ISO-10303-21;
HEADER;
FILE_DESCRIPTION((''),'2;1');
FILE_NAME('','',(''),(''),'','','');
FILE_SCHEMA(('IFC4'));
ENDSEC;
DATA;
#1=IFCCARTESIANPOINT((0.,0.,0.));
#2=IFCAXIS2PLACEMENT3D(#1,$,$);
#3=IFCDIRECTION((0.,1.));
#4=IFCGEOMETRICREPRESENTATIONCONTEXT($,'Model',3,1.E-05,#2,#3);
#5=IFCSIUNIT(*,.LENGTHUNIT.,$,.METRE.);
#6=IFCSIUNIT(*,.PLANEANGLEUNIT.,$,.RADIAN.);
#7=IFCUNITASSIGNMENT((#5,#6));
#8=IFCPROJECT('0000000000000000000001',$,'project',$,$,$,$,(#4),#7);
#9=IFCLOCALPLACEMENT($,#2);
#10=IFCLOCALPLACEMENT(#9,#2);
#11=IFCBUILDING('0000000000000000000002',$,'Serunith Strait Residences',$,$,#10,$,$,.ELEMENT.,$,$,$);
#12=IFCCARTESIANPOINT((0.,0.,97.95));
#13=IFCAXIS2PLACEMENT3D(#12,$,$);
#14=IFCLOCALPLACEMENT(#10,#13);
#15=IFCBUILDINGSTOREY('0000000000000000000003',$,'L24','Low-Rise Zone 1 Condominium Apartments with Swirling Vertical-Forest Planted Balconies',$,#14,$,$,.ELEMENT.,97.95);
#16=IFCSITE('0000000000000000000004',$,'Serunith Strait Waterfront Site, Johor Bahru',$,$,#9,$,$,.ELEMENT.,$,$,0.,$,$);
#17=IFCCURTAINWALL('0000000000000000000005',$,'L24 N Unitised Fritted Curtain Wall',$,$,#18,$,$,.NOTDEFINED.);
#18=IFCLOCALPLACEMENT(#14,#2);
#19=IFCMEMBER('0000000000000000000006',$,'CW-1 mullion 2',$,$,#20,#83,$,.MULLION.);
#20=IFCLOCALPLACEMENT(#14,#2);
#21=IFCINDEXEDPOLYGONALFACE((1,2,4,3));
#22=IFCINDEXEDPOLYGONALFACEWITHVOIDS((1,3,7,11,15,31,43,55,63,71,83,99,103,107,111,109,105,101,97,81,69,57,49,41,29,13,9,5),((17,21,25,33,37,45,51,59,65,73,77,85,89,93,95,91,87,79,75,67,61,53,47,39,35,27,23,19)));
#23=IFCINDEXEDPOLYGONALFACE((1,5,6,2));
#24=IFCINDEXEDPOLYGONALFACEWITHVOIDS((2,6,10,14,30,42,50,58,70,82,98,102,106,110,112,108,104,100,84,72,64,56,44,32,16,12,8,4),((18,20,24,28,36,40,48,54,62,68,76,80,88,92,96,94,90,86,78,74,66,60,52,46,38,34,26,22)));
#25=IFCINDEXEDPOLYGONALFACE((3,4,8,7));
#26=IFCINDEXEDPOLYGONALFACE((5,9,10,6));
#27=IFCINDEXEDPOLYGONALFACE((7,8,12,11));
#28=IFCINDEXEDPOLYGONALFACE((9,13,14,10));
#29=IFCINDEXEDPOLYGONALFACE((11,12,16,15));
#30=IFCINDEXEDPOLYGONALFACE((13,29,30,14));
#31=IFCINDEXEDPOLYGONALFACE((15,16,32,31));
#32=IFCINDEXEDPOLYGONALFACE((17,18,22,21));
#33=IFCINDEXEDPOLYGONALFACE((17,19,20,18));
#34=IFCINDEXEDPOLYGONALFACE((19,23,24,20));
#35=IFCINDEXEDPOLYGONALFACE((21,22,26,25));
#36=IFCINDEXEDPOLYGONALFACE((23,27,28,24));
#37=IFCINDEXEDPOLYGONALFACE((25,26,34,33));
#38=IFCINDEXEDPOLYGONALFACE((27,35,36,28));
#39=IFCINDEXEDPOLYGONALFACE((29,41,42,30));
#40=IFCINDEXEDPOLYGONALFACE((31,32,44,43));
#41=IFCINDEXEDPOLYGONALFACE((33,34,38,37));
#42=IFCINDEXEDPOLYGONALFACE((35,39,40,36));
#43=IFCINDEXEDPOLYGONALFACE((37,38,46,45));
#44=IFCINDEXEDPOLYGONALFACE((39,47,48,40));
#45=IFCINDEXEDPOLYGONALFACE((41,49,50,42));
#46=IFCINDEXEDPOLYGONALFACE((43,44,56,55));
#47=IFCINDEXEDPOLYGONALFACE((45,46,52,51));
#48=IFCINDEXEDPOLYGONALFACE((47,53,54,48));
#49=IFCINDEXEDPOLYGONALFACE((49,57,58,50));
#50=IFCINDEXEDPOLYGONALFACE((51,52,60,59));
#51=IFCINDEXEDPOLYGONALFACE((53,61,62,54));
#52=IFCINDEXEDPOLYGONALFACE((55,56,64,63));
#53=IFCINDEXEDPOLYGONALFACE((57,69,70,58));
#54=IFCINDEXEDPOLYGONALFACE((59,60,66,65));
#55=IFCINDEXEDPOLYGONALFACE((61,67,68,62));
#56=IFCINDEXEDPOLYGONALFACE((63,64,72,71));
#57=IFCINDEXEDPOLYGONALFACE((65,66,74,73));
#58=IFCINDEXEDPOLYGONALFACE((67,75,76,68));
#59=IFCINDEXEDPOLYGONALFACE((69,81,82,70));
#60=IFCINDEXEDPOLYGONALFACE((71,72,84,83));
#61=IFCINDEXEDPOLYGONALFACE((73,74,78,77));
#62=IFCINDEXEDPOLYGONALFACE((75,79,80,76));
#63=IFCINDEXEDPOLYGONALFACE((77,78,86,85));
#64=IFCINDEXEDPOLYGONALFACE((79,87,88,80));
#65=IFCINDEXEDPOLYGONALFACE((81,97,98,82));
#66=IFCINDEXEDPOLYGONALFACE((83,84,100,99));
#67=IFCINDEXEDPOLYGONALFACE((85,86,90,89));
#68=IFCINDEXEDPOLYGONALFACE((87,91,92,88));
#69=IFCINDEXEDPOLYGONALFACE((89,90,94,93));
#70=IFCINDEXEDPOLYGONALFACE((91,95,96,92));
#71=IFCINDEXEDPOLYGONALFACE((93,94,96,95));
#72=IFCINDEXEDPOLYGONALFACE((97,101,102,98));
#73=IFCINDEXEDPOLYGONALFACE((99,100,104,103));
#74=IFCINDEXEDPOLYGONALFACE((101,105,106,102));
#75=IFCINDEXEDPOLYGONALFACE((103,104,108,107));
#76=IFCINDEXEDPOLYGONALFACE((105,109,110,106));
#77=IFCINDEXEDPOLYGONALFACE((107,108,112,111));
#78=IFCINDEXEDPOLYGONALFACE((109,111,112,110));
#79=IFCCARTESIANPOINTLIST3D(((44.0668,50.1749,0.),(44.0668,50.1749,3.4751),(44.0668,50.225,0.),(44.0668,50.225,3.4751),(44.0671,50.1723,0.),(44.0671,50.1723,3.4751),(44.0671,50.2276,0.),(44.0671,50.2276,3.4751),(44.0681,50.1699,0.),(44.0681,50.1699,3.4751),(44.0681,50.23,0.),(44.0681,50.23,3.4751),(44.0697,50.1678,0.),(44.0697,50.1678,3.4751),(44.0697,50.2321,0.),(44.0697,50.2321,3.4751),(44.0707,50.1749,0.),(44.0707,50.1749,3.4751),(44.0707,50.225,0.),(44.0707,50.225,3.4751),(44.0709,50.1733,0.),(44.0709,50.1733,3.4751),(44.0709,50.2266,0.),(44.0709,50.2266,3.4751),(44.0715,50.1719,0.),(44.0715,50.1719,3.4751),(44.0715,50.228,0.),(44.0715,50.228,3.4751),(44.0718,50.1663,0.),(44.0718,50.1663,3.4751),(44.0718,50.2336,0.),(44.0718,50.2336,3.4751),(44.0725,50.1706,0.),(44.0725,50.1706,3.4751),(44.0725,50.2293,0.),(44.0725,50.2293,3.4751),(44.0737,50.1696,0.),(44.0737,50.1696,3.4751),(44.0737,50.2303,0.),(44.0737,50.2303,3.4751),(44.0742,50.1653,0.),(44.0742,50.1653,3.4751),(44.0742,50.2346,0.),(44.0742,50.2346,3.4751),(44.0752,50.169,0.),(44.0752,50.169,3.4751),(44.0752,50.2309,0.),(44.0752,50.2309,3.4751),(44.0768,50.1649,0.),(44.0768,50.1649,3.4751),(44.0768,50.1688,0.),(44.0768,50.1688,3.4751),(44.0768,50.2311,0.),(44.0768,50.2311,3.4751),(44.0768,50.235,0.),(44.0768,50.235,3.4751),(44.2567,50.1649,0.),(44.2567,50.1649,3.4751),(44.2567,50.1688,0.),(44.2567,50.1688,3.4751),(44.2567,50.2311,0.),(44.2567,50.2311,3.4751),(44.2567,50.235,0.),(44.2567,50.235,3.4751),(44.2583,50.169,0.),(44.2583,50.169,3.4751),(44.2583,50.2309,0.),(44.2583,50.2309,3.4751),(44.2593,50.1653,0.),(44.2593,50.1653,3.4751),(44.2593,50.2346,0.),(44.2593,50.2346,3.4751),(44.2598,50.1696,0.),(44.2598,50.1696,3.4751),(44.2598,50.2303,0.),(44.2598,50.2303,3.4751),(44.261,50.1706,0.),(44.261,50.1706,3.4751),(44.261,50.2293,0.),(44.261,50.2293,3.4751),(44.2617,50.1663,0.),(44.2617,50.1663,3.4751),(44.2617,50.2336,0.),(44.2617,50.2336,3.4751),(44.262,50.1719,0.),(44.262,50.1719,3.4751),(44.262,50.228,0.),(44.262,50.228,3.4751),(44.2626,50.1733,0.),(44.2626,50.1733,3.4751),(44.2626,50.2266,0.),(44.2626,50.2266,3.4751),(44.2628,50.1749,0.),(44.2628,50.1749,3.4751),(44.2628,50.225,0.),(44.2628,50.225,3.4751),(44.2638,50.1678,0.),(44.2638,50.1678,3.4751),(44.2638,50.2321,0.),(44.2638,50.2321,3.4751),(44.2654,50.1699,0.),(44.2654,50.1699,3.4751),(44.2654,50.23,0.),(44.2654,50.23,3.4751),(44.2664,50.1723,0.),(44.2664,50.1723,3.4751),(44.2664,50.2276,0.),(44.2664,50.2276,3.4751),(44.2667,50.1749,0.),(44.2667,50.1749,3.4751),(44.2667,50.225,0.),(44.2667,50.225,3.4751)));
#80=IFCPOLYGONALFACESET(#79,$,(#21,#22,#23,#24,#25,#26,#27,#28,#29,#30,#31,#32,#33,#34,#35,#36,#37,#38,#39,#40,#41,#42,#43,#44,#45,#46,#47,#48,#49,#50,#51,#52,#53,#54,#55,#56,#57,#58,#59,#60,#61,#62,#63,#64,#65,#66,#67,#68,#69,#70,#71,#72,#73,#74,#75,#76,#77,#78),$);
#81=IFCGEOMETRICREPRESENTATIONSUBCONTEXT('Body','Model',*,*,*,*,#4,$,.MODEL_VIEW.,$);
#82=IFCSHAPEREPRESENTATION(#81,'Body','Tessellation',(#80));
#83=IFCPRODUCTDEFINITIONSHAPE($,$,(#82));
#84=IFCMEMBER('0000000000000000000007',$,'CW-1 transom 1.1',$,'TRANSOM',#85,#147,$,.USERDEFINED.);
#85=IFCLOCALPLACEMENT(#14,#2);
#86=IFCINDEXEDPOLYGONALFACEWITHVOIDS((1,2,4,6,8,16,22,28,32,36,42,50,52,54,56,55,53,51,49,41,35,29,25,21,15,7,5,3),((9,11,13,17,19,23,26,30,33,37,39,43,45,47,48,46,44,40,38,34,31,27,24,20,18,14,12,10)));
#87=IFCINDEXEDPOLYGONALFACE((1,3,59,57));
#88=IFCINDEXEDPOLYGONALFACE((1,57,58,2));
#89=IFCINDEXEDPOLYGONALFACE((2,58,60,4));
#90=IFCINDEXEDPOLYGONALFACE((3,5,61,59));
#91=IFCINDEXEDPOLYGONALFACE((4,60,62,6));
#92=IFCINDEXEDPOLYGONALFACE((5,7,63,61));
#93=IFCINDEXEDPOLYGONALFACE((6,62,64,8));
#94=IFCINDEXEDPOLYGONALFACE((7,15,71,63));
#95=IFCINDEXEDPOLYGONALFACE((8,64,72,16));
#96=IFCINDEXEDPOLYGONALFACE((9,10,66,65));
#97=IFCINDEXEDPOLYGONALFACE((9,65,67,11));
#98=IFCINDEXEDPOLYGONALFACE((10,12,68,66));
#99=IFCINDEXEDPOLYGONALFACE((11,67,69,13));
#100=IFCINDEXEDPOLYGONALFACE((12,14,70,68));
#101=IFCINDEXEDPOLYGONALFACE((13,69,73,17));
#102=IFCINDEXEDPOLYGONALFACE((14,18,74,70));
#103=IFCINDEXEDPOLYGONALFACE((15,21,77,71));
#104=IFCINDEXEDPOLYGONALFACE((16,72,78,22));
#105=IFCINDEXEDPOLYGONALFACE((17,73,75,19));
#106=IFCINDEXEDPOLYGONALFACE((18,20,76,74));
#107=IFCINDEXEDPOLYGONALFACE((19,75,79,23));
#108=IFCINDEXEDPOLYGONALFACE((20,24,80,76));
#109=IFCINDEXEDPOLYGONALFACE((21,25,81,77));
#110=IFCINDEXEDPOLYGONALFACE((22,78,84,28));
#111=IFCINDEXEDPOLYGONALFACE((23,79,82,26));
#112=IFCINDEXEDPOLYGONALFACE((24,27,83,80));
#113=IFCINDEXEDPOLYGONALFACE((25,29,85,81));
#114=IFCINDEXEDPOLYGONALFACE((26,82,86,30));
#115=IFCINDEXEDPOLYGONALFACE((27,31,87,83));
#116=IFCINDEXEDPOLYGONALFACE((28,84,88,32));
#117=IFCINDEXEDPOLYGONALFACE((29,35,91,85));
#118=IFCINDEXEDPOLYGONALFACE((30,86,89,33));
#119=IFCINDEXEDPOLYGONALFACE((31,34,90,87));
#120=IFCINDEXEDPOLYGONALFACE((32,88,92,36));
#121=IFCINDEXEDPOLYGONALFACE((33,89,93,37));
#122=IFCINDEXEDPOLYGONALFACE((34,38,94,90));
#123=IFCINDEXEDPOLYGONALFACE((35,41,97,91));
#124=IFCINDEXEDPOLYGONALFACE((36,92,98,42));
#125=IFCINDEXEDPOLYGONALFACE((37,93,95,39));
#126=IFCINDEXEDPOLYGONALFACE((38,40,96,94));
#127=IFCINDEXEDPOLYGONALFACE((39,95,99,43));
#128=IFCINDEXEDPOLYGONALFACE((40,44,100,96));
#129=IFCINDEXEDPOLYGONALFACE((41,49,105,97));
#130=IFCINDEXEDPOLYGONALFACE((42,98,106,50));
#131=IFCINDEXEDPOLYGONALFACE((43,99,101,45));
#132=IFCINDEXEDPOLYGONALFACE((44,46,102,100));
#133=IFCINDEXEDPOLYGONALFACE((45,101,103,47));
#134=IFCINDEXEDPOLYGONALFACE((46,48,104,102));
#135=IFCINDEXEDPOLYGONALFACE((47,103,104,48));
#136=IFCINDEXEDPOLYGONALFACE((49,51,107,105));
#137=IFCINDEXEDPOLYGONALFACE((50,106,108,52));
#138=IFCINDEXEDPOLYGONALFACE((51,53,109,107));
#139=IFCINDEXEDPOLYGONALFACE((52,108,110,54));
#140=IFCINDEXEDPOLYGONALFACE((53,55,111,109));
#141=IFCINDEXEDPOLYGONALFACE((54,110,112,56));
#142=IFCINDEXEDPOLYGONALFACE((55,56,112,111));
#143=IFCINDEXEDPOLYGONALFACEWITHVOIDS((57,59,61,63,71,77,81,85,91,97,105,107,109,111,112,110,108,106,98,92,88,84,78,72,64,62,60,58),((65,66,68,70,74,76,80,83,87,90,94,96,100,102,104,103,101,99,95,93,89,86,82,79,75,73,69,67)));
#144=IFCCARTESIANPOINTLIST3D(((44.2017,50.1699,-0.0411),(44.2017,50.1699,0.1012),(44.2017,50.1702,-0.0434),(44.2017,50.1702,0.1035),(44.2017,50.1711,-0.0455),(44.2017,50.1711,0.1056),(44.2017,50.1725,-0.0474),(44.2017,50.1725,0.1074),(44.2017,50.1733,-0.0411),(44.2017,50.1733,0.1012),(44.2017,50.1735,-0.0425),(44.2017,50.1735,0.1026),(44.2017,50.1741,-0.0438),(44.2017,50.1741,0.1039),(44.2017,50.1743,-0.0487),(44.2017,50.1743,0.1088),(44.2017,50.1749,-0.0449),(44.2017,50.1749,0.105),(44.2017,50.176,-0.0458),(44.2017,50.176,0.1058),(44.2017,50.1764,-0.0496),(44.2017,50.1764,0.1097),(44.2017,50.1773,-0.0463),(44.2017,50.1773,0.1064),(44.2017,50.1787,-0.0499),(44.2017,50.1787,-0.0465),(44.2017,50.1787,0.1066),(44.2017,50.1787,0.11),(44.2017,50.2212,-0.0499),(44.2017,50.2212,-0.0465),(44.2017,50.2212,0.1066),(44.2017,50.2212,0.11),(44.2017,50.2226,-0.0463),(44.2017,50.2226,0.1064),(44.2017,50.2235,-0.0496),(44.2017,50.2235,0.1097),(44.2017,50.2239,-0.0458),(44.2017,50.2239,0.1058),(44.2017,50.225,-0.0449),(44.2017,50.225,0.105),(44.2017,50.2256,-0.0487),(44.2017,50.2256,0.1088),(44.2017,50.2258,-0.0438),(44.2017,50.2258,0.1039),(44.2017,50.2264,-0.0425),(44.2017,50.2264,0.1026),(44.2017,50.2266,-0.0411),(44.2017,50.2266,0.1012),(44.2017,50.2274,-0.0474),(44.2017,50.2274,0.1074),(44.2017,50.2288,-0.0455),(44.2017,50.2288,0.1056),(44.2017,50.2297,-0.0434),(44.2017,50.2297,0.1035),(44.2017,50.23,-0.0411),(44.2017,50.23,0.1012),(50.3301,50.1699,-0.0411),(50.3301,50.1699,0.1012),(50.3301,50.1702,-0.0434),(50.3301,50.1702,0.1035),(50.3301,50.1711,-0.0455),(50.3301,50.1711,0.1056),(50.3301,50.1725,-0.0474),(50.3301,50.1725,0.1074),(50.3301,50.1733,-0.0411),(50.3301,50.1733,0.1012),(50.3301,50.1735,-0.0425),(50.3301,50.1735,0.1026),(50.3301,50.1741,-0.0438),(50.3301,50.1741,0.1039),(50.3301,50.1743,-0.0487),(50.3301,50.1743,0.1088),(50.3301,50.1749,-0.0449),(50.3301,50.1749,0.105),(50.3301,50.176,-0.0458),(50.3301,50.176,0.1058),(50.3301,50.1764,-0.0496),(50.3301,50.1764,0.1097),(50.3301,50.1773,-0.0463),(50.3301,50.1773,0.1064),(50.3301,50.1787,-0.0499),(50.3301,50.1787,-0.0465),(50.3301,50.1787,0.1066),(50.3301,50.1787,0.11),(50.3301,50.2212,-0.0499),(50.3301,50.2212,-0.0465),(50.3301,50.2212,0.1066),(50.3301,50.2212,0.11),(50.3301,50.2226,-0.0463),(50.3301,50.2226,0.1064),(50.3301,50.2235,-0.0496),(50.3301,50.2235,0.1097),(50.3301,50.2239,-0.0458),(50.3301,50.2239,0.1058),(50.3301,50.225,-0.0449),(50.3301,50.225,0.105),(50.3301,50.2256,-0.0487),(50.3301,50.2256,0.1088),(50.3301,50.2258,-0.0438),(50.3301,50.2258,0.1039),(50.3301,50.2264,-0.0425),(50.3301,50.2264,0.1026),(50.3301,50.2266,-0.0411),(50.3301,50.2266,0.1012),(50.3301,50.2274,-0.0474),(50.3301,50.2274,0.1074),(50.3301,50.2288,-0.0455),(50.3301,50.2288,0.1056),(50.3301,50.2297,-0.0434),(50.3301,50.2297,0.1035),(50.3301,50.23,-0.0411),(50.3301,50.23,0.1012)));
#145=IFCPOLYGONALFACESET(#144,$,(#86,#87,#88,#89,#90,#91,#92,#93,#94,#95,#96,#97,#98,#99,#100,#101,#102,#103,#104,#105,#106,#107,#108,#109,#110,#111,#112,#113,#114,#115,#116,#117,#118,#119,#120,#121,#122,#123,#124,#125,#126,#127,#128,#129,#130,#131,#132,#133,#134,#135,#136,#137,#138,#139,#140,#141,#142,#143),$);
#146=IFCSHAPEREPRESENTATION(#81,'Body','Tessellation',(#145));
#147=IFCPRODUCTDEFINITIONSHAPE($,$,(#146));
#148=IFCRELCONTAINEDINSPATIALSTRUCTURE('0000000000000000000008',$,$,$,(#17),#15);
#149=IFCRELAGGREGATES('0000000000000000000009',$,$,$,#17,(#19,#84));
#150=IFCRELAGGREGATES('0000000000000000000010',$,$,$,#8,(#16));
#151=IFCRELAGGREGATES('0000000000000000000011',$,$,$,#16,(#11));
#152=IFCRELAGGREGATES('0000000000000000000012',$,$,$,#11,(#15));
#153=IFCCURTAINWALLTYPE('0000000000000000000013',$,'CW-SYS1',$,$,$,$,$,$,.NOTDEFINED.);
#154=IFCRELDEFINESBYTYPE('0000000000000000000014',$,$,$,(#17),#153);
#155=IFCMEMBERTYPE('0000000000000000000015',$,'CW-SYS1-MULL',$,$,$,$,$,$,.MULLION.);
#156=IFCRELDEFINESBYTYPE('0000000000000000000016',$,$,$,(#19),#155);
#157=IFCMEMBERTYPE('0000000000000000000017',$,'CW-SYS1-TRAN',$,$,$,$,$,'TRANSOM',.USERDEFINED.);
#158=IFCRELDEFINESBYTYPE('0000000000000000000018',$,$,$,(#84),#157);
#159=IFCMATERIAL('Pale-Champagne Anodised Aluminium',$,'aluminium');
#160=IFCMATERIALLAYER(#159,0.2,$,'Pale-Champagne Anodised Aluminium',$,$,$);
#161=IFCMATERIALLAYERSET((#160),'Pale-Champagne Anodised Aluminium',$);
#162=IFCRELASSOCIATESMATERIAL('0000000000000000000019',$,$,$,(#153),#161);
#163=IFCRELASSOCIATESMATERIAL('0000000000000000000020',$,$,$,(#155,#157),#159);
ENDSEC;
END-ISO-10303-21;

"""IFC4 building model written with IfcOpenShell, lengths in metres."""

from ifc_helpers import new_model, si_unit, direction, frame, origin, origin_2d, place, context, subcontext, project, spatial, hollow_rectangle, extrude, source, transform, mapped, material, layer, layer_set, material_profile, profile_set, type_object, element, aggregate, save


model = new_model("IFC4")

# Units and contexts
model_context = context("Model", 3, precision=1e-05, world=origin(), true_north=direction((0.0, 1.0)))
body_context = subcontext(model_context, "Body", "Model", "MODEL_VIEW")
ifc_project = project(units=[si_unit("LENGTHUNIT", "METRE"), si_unit("PLANEANGLEUNIT", "RADIAN")], contexts=[model_context])

# Site, building, storey
site_placement = place(None, origin())
site = spatial("IfcSite", under=ifc_project, at=site_placement, Name="Serunith Strait Waterfront Site, Johor Bahru", CompositionType="ELEMENT", RefElevation=0.0)
building_placement = place(site_placement, origin())
building = spatial("IfcBuilding", under=site, at=building_placement, Name="Serunith Strait Residences", CompositionType="ELEMENT")
storey_placement = place(building_placement, frame((0.0, 0.0, 97.95)))
storey = spatial("IfcBuildingStorey", under=building, at=storey_placement, Name="L24", Description="Low-Rise Zone 1 Condominium Apartments with Swirling Vertical-Forest Planted Balconies", CompositionType="ELEMENT", Elevation=97.95)

# Shared definitions
ifc_material_1 = material(Name="Pale-Champagne Anodised Aluminium", Category="aluminium")
ifc_layer_1 = layer(ifc_material_1, 0.2, Name="Pale-Champagne Anodised Aluminium")
ifc_layer_set_1 = layer_set([ifc_layer_1], Name="Pale-Champagne Anodised Aluminium")
curtain_wall_type = type_object("IfcCurtainWallType", Name="CW-SYS1", PredefinedType="NOTDEFINED", material=ifc_layer_set_1)
ifc_material_profile_1 = material_profile(ifc_material_1, hollow_rectangle(XDim=0.0701, YDim=0.2, WallThickness=0.0039, InnerFilletRadius=0.0061, OuterFilletRadius=0.01, at=origin_2d()), Name="ALU 200x70x4")
ifc_profile_set_1 = profile_set([ifc_material_profile_1], Name="Pale-Champagne Anodised Aluminium")
member_type_1 = type_object("IfcMemberType", Name="CW-SYS1-MULL", PredefinedType="MULLION", material=ifc_profile_set_1)
shared_shape_1 = source(origin(), body_context, "Body", "SweptSolid", [
    extrude(hollow_rectangle(XDim=0.0701, YDim=0.2, WallThickness=0.0039, InnerFilletRadius=0.0061, OuterFilletRadius=0.01, at=origin_2d()), origin(), (0.0, 0.0, 1.0), 3.4751),
])

# Curtain wall, members
curtain_wall_1_placement = place(storey_placement, origin())
curtain_wall_1 = element("IfcCurtainWall", 1, at=curtain_wall_1_placement, inside=storey, type_object=curtain_wall_type, Name="L24 N Unitised Fritted Curtain Wall", PredefinedType="NOTDEFINED")
member_1_placement = place(storey_placement, frame((44.1667, 50.2, 0.0), z_axis=(0.0, 0.0, 1.0), x_axis=(0.0, -1.0, 0.0)))
member_1 = element("IfcMember", 2, at=member_1_placement, type_object=member_type_1, Name="CW-1 mullion 2", PredefinedType="MULLION", context=body_context, shape_type="MappedRepresentation", body=[
    mapped(shared_shape_1, transform((0.0, 0.0, 0.0), scale=1.0)),
])
ifc_material_profile_2 = material_profile(ifc_material_1, hollow_rectangle(XDim=0.0601, YDim=0.1599, WallThickness=0.0034, InnerFilletRadius=0.0054, OuterFilletRadius=0.0088, at=origin_2d()), Name="ALU 160x60x3.5")
ifc_profile_set_2 = profile_set([ifc_material_profile_2], Name="Pale-Champagne Anodised Aluminium")
member_type_2 = type_object("IfcMemberType", Name="CW-SYS1-TRAN", ElementType="TRANSOM", PredefinedType="USERDEFINED", material=ifc_profile_set_2)
shared_shape_2 = source(origin(), body_context, "Body", "SweptSolid", [
    extrude(hollow_rectangle(XDim=0.0601, YDim=0.1599, WallThickness=0.0034, InnerFilletRadius=0.0054, OuterFilletRadius=0.0088, at=origin_2d()), origin(), (0.0, 0.0, 1.0), 6.1284),
])
member_2_placement = place(storey_placement, frame((50.3301, 50.2, 0.03), z_axis=(-1.0, 0.0, 0.0), x_axis=(0.0, -1.0, 0.0)))
member_2 = element("IfcMember", 3, at=member_2_placement, type_object=member_type_2, Name="CW-1 transom 1.1", ObjectType="TRANSOM", PredefinedType="USERDEFINED", context=body_context, shape_type="MappedRepresentation", body=[
    mapped(shared_shape_2, transform((0.0, 0.0, 0.0), scale=1.0)),
])
aggregate(curtain_wall_1, [member_1, member_2])

save(model, "model.ifc")
